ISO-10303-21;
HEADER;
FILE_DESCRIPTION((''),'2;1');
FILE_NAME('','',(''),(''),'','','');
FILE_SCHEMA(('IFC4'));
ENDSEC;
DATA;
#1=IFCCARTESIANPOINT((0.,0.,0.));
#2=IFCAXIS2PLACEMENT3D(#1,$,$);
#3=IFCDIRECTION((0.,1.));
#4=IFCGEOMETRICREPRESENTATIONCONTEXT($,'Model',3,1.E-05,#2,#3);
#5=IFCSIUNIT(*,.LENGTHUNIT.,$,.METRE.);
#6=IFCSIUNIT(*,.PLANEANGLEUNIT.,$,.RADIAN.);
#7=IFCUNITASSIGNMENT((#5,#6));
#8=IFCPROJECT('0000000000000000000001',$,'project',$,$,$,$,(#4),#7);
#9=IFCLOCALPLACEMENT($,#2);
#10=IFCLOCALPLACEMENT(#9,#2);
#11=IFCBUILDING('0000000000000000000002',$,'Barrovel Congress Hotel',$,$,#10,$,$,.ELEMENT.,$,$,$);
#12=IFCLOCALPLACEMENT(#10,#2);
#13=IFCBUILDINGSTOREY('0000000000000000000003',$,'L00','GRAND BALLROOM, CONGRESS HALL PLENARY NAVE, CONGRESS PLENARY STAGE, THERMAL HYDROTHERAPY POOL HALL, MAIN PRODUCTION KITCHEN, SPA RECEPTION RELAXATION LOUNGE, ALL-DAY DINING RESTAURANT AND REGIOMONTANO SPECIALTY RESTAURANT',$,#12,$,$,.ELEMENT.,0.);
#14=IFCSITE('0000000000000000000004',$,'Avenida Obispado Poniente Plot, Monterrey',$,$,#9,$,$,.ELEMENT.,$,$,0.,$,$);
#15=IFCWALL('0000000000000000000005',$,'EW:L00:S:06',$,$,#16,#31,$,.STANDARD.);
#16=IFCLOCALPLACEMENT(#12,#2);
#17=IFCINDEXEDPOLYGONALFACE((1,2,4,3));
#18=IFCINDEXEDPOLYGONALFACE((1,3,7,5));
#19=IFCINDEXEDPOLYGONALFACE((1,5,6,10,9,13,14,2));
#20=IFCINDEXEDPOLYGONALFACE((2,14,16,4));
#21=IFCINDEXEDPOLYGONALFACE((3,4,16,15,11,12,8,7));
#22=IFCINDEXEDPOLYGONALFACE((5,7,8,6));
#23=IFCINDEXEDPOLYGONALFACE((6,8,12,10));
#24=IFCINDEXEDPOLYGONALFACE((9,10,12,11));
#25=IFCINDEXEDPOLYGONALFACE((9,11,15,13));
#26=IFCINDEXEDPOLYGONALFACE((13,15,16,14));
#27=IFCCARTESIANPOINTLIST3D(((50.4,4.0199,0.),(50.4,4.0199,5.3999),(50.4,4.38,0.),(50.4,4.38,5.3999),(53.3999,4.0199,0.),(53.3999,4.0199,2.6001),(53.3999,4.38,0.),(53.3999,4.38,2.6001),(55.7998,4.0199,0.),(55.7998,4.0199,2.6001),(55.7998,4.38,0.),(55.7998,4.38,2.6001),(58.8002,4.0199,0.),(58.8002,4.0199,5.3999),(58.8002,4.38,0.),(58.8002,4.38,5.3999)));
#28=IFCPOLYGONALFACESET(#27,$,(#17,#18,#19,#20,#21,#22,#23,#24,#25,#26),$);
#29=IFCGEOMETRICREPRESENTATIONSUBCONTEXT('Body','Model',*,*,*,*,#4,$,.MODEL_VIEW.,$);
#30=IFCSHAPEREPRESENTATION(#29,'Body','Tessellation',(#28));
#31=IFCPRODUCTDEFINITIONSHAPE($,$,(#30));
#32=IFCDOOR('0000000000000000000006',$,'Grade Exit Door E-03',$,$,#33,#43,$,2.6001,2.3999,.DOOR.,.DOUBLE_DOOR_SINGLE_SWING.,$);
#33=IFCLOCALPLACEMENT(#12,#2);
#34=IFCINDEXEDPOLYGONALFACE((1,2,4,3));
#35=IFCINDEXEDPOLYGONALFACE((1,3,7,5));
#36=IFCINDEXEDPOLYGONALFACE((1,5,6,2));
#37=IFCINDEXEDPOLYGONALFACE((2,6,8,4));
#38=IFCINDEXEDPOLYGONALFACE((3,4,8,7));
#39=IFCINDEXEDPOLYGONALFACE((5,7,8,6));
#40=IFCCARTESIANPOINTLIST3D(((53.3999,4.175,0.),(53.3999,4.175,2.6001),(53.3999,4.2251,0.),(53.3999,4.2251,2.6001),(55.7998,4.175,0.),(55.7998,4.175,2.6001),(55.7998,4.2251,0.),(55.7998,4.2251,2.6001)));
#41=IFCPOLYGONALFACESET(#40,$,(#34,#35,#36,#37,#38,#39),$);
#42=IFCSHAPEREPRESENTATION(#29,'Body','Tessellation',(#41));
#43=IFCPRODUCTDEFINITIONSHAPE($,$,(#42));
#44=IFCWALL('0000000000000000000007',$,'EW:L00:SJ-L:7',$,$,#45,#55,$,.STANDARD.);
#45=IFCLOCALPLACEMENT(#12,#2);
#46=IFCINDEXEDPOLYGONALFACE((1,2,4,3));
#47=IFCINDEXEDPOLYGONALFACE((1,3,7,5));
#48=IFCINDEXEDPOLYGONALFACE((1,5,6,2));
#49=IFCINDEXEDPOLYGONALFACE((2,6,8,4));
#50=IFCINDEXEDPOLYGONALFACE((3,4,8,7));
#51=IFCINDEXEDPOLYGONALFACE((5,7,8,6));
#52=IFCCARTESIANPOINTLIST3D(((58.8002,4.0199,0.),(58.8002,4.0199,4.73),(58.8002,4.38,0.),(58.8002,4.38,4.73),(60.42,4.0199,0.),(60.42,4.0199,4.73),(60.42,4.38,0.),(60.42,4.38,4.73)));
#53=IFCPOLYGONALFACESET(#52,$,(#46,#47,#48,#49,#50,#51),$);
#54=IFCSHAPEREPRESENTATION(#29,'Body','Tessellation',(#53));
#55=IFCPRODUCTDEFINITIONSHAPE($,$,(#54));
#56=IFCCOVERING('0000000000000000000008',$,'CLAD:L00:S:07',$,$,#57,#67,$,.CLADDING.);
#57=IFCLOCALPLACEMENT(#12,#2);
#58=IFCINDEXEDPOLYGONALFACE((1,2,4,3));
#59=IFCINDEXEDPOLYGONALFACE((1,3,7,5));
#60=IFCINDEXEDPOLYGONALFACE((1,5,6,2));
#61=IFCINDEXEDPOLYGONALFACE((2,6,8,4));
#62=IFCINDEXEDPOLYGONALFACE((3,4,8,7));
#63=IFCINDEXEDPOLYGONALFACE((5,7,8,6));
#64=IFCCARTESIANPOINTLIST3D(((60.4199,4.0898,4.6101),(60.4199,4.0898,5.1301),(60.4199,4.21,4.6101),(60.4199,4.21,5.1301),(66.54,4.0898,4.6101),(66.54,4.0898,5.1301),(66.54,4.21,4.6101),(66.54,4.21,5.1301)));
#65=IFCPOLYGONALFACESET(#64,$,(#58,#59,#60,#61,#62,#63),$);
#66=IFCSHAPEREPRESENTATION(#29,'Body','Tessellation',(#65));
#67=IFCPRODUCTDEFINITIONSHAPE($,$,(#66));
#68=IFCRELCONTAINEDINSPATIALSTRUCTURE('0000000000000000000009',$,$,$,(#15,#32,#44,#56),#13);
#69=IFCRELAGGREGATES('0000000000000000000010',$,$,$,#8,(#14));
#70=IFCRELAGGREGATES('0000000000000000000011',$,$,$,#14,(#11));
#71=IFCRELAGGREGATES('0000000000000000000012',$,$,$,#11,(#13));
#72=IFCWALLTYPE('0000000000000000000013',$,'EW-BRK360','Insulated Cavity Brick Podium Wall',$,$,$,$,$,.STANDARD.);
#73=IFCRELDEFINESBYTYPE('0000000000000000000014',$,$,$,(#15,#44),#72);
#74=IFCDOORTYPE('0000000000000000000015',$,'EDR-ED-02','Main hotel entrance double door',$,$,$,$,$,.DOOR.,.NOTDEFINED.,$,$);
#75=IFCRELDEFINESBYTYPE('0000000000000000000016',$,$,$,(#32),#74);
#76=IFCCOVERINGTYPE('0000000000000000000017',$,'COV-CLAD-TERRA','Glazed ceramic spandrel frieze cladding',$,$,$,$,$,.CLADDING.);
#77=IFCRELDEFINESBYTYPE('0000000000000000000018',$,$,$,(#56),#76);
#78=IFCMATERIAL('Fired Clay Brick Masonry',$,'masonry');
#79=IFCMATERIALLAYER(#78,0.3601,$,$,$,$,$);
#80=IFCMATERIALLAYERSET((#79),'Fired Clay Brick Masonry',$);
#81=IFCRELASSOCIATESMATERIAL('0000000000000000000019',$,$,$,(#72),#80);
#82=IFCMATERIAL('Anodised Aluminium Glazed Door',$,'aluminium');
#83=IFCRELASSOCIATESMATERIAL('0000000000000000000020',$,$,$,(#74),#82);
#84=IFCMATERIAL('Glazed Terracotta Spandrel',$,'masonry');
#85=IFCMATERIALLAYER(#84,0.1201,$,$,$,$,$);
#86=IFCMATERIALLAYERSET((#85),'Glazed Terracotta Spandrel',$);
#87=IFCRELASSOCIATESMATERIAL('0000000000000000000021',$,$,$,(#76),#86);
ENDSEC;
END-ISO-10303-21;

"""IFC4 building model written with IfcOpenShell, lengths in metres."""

from ifc_helpers import new_model, si_unit, direction, frame, frame_2d, origin, origin_2d, place, context, subcontext, project, spatial, rectangle, extrude, material, layer, layer_set, type_object, element, fill, save


model = new_model("IFC4")

# Units and contexts
model_context = context("Model", 3, precision=1e-05, world=origin(), true_north=direction((0.0, 1.0)))
body_context = subcontext(model_context, "Body", "Model", "MODEL_VIEW")
ifc_project = project(units=[si_unit("LENGTHUNIT", "METRE"), si_unit("PLANEANGLEUNIT", "RADIAN")], contexts=[model_context])

# Site, building, storey
site_placement = place(None, origin())
site = spatial("IfcSite", under=ifc_project, at=site_placement, Name="Avenida Obispado Poniente Plot, Monterrey", CompositionType="ELEMENT", RefElevation=0.0)
building_placement = place(site_placement, origin())
building = spatial("IfcBuilding", under=site, at=building_placement, Name="Barrovel Congress Hotel", CompositionType="ELEMENT")
storey_placement = place(building_placement, origin())
storey = spatial("IfcBuildingStorey", under=building, at=storey_placement, Name="L00", Description="GRAND BALLROOM, CONGRESS HALL PLENARY NAVE, CONGRESS PLENARY STAGE, THERMAL HYDROTHERAPY POOL HALL, MAIN PRODUCTION KITCHEN, SPA RECEPTION RELAXATION LOUNGE, ALL-DAY DINING RESTAURANT AND REGIOMONTANO SPECIALTY RESTAURANT", CompositionType="ELEMENT", Elevation=0.0)

# Shared definitions
ifc_material_1 = material(Name="Fired Clay Brick Masonry", Category="masonry")
ifc_layer_1 = layer(ifc_material_1, 0.3601)
ifc_layer_set_1 = layer_set([ifc_layer_1], Name="Fired Clay Brick Masonry")
wall_type_1 = type_object("IfcWallType", Name="EW-BRK360", Description="Insulated Cavity Brick Podium Wall", PredefinedType="STANDARD", material=ifc_layer_set_1)

# Wall, opening, door
wall_1_placement = place(storey_placement, frame((50.3999, 4.2, 0.0), z_axis=(0.0, 0.0, 1.0), x_axis=(1.0, 0.0, 0.0)))
wall_1 = element("IfcWall", 1, at=wall_1_placement, inside=storey, type_object=wall_type_1, Name="EW:L00:S:06", PredefinedType="STANDARD", context=body_context, shape_type="SweptSolid", body=[
    extrude(rectangle(XDim=8.4001, YDim=0.3601, at=frame_2d((4.2002, 0.0))), origin(), (0.0, 0.0, 1.0), 5.3999),
])
opening_placement = place(wall_1_placement, frame((5.3999, 0.0, 0.0), z_axis=(0.0, 0.0, 1.0), x_axis=(-1.0, 0.0, 0.0)))
opening = element("IfcOpeningElement", 2, at=opening_placement, cuts=wall_1, PredefinedType="OPENING", context=body_context, shape_type="SweptSolid", body=[
    extrude(rectangle(XDim=2.3999, YDim=2.6001, at=frame_2d((1.2, 1.3))), frame((0.0, 0.1899, 0.0), z_axis=(0.0, -1.0, 0.0), x_axis=(1.0, 0.0, 0.0)), (0.0, 0.0, 1.0), 0.3801),
])
ifc_material_2 = material(Name="Anodised Aluminium Glazed Door", Category="aluminium")
door_type = type_object("IfcDoorType", Name="EDR-ED-02", Description="Main hotel entrance double door", OperationType="NOTDEFINED", PredefinedType="DOOR", material=ifc_material_2)
door_placement = place(opening_placement, origin())
door = element("IfcDoor", 3, at=door_placement, inside=storey, type_object=door_type, Name="Grade Exit Door E-03", OperationType="DOUBLE_DOOR_SINGLE_SWING", OverallHeight=2.6001, OverallWidth=2.3999, PredefinedType="DOOR", context=body_context, shape_type="SweptSolid", body=[
    extrude(rectangle(XDim=2.3999, YDim=2.6001, at=frame_2d((1.2, 1.3))), frame((0.0, 0.0249, 0.0), z_axis=(0.0, -1.0, 0.0), x_axis=(1.0, 0.0, 0.0)), (0.0, 0.0, 1.0), 0.05),
])
fill(opening, door)

# Wall
wall_2_placement = place(storey_placement, frame((58.8, 4.2, 0.0), z_axis=(0.0, 0.0, 1.0), x_axis=(1.0, 0.0, 0.0)))
element("IfcWall", 4, at=wall_2_placement, inside=storey, type_object=wall_type_1, Name="EW:L00:SJ-L:7", PredefinedType="STANDARD", context=body_context, shape_type="SweptSolid", body=[
    extrude(rectangle(XDim=1.6199, YDim=0.3601, at=frame_2d((0.8101, 0.0))), origin(), (0.0, 0.0, 1.0), 4.73),
])

# Covering
ifc_material_3 = material(Name="Glazed Terracotta Spandrel", Category="masonry")
ifc_layer_2 = layer(ifc_material_3, 0.1201)
ifc_layer_set_2 = layer_set([ifc_layer_2], Name="Glazed Terracotta Spandrel")
covering_type = type_object("IfcCoveringType", Name="COV-CLAD-TERRA", Description="Glazed ceramic spandrel frieze cladding", PredefinedType="CLADDING", material=ifc_layer_set_2)
covering_placement = place(storey_placement, frame((63.48, 4.1499, 4.6101), z_axis=(0.0, 0.0, 1.0), x_axis=(1.0, 0.0, 0.0)))
element("IfcCovering", 5, at=covering_placement, inside=storey, type_object=covering_type, Name="CLAD:L00:S:07", PredefinedType="CLADDING", context=body_context, shape_type="SweptSolid", body=[
    extrude(rectangle(XDim=6.1201, YDim=0.1201, at=origin_2d()), origin(), (0.0, 0.0, 1.0), 0.52),
])

save(model, "model.ifc")
